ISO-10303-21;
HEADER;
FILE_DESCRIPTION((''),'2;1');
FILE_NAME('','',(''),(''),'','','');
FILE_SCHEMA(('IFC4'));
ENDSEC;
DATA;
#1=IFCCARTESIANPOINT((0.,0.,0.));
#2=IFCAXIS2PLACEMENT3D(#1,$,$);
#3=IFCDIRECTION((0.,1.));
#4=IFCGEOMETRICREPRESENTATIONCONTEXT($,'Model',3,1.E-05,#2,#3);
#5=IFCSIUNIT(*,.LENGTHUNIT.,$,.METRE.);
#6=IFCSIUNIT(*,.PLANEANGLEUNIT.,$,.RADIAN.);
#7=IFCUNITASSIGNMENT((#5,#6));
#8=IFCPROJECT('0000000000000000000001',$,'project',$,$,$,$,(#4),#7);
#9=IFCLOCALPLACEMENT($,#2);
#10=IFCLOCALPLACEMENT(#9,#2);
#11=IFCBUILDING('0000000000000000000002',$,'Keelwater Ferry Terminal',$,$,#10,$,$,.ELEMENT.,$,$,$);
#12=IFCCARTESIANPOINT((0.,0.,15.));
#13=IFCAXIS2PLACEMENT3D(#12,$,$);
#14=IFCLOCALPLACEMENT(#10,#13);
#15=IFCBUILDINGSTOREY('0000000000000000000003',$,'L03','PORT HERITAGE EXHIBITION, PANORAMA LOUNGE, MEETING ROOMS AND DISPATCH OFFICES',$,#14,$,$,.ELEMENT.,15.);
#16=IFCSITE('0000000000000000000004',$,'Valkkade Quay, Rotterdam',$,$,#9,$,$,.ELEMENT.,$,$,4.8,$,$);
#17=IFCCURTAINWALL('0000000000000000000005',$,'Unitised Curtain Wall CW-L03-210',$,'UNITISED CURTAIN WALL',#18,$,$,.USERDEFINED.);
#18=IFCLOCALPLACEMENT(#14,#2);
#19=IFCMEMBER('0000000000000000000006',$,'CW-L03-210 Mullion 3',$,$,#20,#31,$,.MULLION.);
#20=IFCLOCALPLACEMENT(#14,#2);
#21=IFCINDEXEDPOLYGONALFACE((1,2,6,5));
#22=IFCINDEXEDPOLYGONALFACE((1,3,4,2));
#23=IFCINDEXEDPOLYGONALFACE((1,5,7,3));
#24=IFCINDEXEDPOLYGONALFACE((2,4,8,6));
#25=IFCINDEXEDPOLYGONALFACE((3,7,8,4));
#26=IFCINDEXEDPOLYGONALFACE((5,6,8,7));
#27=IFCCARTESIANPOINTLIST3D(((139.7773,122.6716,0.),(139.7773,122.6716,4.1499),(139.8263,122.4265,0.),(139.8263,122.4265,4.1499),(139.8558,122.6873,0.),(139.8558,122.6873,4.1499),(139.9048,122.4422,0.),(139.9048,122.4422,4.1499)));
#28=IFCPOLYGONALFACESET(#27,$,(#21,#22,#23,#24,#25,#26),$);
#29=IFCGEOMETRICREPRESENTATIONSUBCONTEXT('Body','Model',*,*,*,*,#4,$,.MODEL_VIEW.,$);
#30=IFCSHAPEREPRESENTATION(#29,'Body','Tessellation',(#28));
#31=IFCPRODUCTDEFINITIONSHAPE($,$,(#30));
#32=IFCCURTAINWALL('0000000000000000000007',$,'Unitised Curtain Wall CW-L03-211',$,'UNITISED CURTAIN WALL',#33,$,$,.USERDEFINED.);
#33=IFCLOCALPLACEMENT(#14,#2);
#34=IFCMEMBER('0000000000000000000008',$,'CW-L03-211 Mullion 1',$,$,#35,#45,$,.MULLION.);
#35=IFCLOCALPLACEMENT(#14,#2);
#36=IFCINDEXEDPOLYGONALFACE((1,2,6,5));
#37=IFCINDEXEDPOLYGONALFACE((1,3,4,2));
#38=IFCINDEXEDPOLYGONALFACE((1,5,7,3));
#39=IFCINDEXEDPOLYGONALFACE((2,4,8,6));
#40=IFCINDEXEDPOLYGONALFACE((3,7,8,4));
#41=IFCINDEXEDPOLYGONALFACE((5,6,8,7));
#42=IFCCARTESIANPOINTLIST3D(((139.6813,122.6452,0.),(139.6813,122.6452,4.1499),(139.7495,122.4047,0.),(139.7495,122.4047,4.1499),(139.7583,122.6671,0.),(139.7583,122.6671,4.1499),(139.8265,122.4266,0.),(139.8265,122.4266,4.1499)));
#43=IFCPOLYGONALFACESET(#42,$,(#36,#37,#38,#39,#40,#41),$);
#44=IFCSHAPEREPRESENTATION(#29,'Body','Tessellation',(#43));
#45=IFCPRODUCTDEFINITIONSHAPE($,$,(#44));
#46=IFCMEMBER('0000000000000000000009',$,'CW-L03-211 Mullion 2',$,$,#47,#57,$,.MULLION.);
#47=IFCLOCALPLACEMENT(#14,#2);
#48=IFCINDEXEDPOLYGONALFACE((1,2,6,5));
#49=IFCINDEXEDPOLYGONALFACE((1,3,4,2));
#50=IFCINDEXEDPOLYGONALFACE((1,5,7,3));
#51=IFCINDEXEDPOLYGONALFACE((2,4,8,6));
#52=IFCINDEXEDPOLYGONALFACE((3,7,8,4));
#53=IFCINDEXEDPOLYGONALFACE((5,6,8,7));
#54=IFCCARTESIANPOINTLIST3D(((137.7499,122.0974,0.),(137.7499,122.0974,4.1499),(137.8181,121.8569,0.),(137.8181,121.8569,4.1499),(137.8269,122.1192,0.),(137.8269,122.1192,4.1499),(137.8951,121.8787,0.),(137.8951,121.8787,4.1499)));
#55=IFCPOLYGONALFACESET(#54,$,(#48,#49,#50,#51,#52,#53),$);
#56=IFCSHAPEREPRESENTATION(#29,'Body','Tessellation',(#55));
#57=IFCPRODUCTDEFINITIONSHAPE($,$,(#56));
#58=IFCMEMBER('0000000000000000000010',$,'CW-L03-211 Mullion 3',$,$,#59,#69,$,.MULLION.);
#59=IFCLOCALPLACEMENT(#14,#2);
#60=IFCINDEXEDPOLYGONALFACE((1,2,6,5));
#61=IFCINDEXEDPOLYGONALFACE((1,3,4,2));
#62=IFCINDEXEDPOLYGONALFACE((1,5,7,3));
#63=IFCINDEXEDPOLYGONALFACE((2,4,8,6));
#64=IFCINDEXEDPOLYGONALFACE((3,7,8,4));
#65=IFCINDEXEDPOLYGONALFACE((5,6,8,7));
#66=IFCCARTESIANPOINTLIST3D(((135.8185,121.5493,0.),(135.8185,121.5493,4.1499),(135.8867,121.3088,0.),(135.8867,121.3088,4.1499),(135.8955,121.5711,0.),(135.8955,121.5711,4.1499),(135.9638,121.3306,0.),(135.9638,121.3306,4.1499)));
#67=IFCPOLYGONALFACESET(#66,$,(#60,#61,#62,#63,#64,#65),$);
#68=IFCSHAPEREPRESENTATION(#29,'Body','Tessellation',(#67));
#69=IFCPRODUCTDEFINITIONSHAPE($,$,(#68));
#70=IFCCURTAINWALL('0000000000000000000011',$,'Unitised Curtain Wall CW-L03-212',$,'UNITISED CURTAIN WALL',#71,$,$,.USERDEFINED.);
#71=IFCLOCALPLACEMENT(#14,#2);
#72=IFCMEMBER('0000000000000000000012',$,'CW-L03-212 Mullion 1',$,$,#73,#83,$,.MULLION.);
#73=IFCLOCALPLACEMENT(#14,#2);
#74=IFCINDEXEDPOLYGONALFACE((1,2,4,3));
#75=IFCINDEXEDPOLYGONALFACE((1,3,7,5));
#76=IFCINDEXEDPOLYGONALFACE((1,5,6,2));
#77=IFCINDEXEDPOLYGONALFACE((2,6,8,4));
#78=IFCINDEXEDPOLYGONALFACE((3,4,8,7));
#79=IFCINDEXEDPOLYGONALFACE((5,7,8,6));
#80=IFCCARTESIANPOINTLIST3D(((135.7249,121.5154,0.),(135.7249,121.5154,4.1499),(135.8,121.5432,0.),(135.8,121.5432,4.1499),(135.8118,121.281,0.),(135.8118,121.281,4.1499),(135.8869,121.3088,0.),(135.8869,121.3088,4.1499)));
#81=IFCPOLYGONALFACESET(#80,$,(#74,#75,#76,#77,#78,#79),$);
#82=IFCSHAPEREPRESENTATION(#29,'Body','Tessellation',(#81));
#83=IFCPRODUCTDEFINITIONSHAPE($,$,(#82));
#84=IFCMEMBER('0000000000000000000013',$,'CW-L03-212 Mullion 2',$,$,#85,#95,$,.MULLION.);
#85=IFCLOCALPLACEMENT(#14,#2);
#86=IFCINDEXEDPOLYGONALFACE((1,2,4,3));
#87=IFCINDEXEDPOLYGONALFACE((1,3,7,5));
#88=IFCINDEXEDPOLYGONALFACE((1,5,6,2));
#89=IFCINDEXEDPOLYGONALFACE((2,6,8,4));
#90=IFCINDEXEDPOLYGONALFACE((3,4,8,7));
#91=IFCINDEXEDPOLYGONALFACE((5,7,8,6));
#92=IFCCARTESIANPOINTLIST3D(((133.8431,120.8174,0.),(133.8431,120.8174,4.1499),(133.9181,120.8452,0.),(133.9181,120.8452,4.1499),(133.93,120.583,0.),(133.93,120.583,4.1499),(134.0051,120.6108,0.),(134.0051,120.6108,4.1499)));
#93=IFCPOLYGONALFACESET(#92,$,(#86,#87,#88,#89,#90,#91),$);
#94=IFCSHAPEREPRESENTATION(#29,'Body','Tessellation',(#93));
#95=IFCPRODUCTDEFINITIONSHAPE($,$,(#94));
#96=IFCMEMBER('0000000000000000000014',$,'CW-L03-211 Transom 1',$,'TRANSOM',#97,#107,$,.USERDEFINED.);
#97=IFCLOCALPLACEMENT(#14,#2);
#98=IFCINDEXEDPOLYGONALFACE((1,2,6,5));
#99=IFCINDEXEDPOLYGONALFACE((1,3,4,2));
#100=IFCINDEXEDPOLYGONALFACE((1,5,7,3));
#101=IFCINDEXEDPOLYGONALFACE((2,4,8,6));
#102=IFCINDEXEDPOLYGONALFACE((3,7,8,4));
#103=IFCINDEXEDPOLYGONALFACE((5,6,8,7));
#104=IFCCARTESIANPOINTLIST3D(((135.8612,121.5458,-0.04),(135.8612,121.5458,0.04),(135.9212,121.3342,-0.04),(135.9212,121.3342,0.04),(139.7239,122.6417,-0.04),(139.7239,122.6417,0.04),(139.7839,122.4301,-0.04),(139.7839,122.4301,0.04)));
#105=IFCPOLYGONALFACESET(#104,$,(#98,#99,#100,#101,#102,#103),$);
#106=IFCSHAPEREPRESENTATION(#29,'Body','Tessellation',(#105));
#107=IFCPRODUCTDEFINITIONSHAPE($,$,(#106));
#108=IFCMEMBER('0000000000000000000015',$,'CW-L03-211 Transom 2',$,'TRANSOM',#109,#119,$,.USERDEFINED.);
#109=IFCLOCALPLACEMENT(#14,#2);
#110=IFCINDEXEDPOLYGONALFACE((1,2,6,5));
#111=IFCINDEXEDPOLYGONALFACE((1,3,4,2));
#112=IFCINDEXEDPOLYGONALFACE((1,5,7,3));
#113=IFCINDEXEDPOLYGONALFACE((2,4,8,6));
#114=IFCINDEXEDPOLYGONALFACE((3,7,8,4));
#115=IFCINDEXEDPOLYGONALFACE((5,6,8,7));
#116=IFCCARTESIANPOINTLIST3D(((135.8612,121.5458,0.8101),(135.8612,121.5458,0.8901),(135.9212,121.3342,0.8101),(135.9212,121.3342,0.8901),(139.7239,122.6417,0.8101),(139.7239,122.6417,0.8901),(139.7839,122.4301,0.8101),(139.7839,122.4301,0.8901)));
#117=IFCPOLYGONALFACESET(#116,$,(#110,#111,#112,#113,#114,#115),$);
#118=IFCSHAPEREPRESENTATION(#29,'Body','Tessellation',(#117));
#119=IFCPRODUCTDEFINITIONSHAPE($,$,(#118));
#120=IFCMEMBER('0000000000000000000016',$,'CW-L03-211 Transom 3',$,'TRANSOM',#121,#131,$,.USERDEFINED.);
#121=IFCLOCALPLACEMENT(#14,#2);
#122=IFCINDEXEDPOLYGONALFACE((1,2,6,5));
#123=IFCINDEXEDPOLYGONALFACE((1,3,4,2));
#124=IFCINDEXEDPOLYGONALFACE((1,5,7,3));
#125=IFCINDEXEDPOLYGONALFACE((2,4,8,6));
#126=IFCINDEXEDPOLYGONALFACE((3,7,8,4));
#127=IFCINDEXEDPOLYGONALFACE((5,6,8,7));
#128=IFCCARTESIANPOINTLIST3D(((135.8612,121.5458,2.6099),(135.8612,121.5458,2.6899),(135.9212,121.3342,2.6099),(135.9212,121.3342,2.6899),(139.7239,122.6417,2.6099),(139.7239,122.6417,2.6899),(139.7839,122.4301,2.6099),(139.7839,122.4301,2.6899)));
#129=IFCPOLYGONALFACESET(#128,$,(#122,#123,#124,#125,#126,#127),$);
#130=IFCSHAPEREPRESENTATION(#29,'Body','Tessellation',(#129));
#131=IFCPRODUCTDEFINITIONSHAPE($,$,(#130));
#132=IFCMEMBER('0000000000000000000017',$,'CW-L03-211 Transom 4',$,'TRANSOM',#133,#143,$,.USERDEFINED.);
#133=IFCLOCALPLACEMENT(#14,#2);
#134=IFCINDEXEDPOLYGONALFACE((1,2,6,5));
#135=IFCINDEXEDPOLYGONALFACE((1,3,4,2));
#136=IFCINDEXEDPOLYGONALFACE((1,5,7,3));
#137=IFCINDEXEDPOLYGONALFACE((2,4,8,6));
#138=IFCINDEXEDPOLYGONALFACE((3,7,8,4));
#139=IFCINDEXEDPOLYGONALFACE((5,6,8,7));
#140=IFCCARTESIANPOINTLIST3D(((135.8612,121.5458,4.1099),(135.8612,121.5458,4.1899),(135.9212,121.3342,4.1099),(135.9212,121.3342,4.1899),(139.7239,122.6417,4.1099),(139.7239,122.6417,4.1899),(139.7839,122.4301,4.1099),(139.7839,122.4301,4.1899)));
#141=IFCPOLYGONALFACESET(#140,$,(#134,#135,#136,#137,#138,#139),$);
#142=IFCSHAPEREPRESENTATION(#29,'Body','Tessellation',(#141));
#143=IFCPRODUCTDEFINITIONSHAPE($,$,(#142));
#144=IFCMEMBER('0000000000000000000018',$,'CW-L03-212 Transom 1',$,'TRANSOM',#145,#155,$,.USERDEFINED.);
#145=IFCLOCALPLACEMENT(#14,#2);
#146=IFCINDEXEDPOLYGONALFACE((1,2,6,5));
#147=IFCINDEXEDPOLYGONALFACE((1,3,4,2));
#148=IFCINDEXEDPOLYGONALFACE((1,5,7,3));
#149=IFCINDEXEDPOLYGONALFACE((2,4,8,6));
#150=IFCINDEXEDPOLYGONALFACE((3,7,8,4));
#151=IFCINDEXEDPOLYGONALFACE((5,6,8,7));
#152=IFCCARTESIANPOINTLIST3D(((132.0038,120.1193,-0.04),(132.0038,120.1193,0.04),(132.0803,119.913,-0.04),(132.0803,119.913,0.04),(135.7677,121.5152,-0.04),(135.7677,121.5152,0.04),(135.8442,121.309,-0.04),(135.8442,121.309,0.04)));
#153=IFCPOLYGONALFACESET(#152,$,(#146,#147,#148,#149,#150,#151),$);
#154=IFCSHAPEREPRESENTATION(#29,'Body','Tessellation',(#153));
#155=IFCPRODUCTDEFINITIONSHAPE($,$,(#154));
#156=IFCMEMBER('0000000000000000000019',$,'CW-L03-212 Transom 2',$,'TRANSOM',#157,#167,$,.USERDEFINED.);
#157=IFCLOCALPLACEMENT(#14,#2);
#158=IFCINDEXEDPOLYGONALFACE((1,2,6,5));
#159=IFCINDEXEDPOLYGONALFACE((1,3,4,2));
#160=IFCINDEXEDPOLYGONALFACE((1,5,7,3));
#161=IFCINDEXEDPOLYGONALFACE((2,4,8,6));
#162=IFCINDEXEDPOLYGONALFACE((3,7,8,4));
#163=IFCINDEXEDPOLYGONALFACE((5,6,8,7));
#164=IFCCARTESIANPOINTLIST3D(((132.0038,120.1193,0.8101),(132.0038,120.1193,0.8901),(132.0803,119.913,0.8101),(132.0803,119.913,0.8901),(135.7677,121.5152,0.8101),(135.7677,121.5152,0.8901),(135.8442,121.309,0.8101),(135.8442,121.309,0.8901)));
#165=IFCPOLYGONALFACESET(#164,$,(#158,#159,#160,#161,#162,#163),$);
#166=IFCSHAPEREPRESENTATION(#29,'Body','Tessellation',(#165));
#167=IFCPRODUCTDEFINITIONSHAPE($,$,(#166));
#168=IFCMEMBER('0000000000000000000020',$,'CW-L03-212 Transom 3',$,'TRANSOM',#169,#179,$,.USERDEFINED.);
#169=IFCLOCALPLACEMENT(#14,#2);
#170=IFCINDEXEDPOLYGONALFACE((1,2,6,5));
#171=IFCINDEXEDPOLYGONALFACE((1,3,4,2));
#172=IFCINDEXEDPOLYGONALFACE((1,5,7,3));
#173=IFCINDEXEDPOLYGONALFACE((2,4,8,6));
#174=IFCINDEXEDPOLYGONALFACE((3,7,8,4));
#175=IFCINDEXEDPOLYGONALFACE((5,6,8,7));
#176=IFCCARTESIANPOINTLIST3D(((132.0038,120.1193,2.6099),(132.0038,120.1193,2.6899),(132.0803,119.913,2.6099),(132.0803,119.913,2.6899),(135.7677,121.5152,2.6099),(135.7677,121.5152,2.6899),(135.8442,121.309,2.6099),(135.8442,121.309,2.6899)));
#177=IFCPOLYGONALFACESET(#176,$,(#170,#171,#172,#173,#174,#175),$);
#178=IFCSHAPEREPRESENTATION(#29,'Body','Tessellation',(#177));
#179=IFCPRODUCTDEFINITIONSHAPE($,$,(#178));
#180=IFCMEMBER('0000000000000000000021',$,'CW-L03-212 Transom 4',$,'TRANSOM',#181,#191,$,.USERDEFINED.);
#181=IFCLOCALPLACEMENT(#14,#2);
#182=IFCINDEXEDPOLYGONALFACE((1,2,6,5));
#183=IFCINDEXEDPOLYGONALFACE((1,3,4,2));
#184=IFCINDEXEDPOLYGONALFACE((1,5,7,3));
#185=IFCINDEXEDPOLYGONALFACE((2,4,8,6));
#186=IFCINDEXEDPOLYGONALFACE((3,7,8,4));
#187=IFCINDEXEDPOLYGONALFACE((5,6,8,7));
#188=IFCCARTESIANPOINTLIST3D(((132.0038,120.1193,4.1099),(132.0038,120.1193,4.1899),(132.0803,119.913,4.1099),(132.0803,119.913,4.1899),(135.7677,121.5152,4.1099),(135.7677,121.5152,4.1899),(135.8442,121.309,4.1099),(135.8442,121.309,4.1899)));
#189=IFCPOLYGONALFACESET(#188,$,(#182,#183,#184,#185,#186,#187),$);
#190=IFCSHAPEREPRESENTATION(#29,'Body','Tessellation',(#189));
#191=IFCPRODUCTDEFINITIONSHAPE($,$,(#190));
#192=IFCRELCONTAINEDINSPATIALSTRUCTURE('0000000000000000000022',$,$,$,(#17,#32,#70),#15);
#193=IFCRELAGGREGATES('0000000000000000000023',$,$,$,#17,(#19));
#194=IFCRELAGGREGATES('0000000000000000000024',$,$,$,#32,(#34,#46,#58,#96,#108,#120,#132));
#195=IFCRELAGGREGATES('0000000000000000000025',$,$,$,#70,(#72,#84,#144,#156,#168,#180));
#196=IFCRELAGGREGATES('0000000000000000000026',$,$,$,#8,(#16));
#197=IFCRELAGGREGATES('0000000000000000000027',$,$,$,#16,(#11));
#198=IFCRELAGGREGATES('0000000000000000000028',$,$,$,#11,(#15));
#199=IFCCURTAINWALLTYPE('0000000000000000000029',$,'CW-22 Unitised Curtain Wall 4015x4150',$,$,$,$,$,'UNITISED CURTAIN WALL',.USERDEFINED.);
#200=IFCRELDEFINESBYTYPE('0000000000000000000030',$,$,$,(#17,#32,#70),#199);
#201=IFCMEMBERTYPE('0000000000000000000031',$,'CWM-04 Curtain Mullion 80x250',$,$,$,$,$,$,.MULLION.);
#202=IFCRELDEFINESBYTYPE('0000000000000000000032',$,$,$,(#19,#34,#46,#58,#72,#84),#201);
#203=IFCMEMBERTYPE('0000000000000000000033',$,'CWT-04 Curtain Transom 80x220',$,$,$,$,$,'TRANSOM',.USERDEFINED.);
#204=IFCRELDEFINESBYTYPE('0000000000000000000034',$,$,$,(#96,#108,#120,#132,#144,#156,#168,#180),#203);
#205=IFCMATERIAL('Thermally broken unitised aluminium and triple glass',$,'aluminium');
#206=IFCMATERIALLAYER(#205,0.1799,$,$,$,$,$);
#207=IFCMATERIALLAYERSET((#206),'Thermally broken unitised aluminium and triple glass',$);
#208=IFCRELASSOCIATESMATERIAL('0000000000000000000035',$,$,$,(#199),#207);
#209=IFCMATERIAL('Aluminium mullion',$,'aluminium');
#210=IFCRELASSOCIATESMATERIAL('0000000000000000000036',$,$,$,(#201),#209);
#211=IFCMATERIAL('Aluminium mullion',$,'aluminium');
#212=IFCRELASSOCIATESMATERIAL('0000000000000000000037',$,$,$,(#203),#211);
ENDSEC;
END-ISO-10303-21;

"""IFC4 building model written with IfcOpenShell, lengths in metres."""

from ifc_helpers import new_model, si_unit, direction, frame, origin, origin_2d, place, context, subcontext, project, spatial, rectangle, extrude, material, layer, layer_set, material_profile, profile_set, type_object, element, aggregate, save


model = new_model("IFC4")

# Units and contexts
model_context = context("Model", 3, precision=1e-05, world=origin(), true_north=direction((0.0, 1.0)))
body_context = subcontext(model_context, "Body", "Model", "MODEL_VIEW")
ifc_project = project(units=[si_unit("LENGTHUNIT", "METRE"), si_unit("PLANEANGLEUNIT", "RADIAN")], contexts=[model_context])

# Site, building, storey
site_placement = place(None, origin())
site = spatial("IfcSite", under=ifc_project, at=site_placement, Name="Valkkade Quay, Rotterdam", CompositionType="ELEMENT", RefElevation=4.8)
building_placement = place(site_placement, origin())
building = spatial("IfcBuilding", under=site, at=building_placement, Name="Keelwater Ferry Terminal", CompositionType="ELEMENT")
storey_placement = place(building_placement, frame((0.0, 0.0, 15.0)))
storey = spatial("IfcBuildingStorey", under=building, at=storey_placement, Name="L03", Description="PORT HERITAGE EXHIBITION, PANORAMA LOUNGE, MEETING ROOMS AND DISPATCH OFFICES", CompositionType="ELEMENT", Elevation=15.0)

# Curtain wall, member
ifc_material_1 = material(Name="Thermally broken unitised aluminium and triple glass", Category="aluminium")
ifc_layer_1 = layer(ifc_material_1, 0.1799)
ifc_layer_set_1 = layer_set([ifc_layer_1], Name="Thermally broken unitised aluminium and triple glass")
curtain_wall_type = type_object("IfcCurtainWallType", Name="CW-22 Unitised Curtain Wall 4015x4150", ElementType="UNITISED CURTAIN WALL", PredefinedType="USERDEFINED", material=ifc_layer_set_1)
curtain_wall_1_placement = place(storey_placement, origin())
curtain_wall_1 = element("IfcCurtainWall", 1, at=curtain_wall_1_placement, inside=storey, type_object=curtain_wall_type, Name="Unitised Curtain Wall CW-L03-210", ObjectType="UNITISED CURTAIN WALL", PredefinedType="USERDEFINED")
ifc_material_2 = material(Name="Aluminium mullion", Category="aluminium")
ifc_material_profile_1 = material_profile(ifc_material_2, rectangle(XDim=0.0801, YDim=0.25, at=origin_2d()), Name="CWM-04")
ifc_profile_set_1 = profile_set([ifc_material_profile_1], Name="Aluminium mullion")
member_type_1 = type_object("IfcMemberType", Name="CWM-04 Curtain Mullion 80x250", PredefinedType="MULLION", material=ifc_profile_set_1)
member_1_placement = place(storey_placement, frame((139.8411, 122.5569, 0.0), z_axis=(0.0, 0.0, 1.0), x_axis=(-0.9806, -0.19602, 0.0)))
member_1 = element("IfcMember", 2, at=member_1_placement, type_object=member_type_1, Name="CW-L03-210 Mullion 3", PredefinedType="MULLION", context=body_context, shape_type="SweptSolid", body=[
    extrude(rectangle(XDim=0.0801, YDim=0.25, at=origin_2d()), origin(), (0.0, 0.0, 1.0), 4.1499),
])
aggregate(curtain_wall_1, [member_1])

# Curtain walls, members
curtain_wall_2_placement = place(storey_placement, origin())
curtain_wall_2 = element("IfcCurtainWall", 3, at=curtain_wall_2_placement, inside=storey, type_object=curtain_wall_type, Name="Unitised Curtain Wall CW-L03-211", ObjectType="UNITISED CURTAIN WALL", PredefinedType="USERDEFINED")
member_2_placement = place(storey_placement, frame((139.7539, 122.5359, 0.0), z_axis=(0.0, 0.0, 1.0), x_axis=(-0.96203, -0.272945, 0.0)))
member_2 = element("IfcMember", 4, at=member_2_placement, type_object=member_type_1, Name="CW-L03-211 Mullion 1", PredefinedType="MULLION", context=body_context, shape_type="SweptSolid", body=[
    extrude(rectangle(XDim=0.0801, YDim=0.25, at=origin_2d()), origin(), (0.0, 0.0, 1.0), 4.1499),
])
member_3_placement = place(storey_placement, frame((137.8225, 121.988, 0.0), z_axis=(0.0, 0.0, 1.0), x_axis=(-0.96203, -0.272945, 0.0)))
member_3 = element("IfcMember", 5, at=member_3_placement, type_object=member_type_1, Name="CW-L03-211 Mullion 2", PredefinedType="MULLION", context=body_context, shape_type="SweptSolid", body=[
    extrude(rectangle(XDim=0.0801, YDim=0.25, at=origin_2d()), origin(), (0.0, 0.0, 1.0), 4.1499),
])
member_4_placement = place(storey_placement, frame((135.8911, 121.4399, 0.0), z_axis=(0.0, 0.0, 1.0), x_axis=(-0.96203, -0.272945, 0.0)))
member_4 = element("IfcMember", 6, at=member_4_placement, type_object=member_type_1, Name="CW-L03-211 Mullion 3", PredefinedType="MULLION", context=body_context, shape_type="SweptSolid", body=[
    extrude(rectangle(XDim=0.0801, YDim=0.25, at=origin_2d()), origin(), (0.0, 0.0, 1.0), 4.1499),
])
curtain_wall_3_placement = place(storey_placement, origin())
curtain_wall_3 = element("IfcCurtainWall", 7, at=curtain_wall_3_placement, inside=storey, type_object=curtain_wall_type, Name="Unitised Curtain Wall CW-L03-212", ObjectType="UNITISED CURTAIN WALL", PredefinedType="USERDEFINED")
member_5_placement = place(storey_placement, frame((135.8059, 121.4121, 0.0), z_axis=(0.0, 0.0, 1.0), x_axis=(-0.937592, -0.347736, 0.0)))
member_5 = element("IfcMember", 8, at=member_5_placement, type_object=member_type_1, Name="CW-L03-212 Mullion 1", PredefinedType="MULLION", context=body_context, shape_type="SweptSolid", body=[
    extrude(rectangle(XDim=0.0801, YDim=0.25, at=origin_2d()), origin(), (0.0, 0.0, 1.0), 4.1499),
])
member_6_placement = place(storey_placement, frame((133.9241, 120.7141, 0.0), z_axis=(0.0, 0.0, 1.0), x_axis=(-0.937592, -0.347736, 0.0)))
member_6 = element("IfcMember", 9, at=member_6_placement, type_object=member_type_1, Name="CW-L03-212 Mullion 2", PredefinedType="MULLION", context=body_context, shape_type="SweptSolid", body=[
    extrude(rectangle(XDim=0.0801, YDim=0.25, at=origin_2d()), origin(), (0.0, 0.0, 1.0), 4.1499),
])

# Members
ifc_material_3 = material(Name="Aluminium mullion", Category="aluminium")
ifc_material_profile_2 = material_profile(ifc_material_3, rectangle(XDim=0.22, YDim=0.0801, at=origin_2d()), Name="CWT-04")
ifc_profile_set_2 = profile_set([ifc_material_profile_2], Name="Aluminium mullion")
member_type_2 = type_object("IfcMemberType", Name="CWT-04 Curtain Transom 80x220", ElementType="TRANSOM", PredefinedType="USERDEFINED", material=ifc_profile_set_2)
member_7_placement = place(storey_placement, frame((139.7539, 122.5359, 0.0), z_axis=(-0.962029, -0.272946, 0.0), x_axis=(0.272946, -0.962029, 0.0)))
member_7 = element("IfcMember", 10, at=member_7_placement, type_object=member_type_2, Name="CW-L03-211 Transom 1", ObjectType="TRANSOM", PredefinedType="USERDEFINED", context=body_context, shape_type="SweptSolid", body=[
    extrude(rectangle(XDim=0.22, YDim=0.0801, at=origin_2d()), origin(), (0.0, 0.0, 1.0), 4.0151),
])
member_8_placement = place(storey_placement, frame((139.7539, 122.5359, 0.8501), z_axis=(-0.962029, -0.272946, 0.0), x_axis=(0.272946, -0.962029, 0.0)))
member_8 = element("IfcMember", 11, at=member_8_placement, type_object=member_type_2, Name="CW-L03-211 Transom 2", ObjectType="TRANSOM", PredefinedType="USERDEFINED", context=body_context, shape_type="SweptSolid", body=[
    extrude(rectangle(XDim=0.22, YDim=0.0801, at=origin_2d()), origin(), (0.0, 0.0, 1.0), 4.0151),
])
member_9_placement = place(storey_placement, frame((139.7539, 122.5359, 2.6499), z_axis=(-0.962029, -0.272946, 0.0), x_axis=(0.272946, -0.962029, 0.0)))
member_9 = element("IfcMember", 12, at=member_9_placement, type_object=member_type_2, Name="CW-L03-211 Transom 3", ObjectType="TRANSOM", PredefinedType="USERDEFINED", context=body_context, shape_type="SweptSolid", body=[
    extrude(rectangle(XDim=0.22, YDim=0.0801, at=origin_2d()), origin(), (0.0, 0.0, 1.0), 4.0151),
])
member_10_placement = place(storey_placement, frame((139.7539, 122.5359, 4.1499), z_axis=(-0.962029, -0.272946, 0.0), x_axis=(0.272946, -0.962029, 0.0)))
member_10 = element("IfcMember", 13, at=member_10_placement, type_object=member_type_2, Name="CW-L03-211 Transom 4", ObjectType="TRANSOM", PredefinedType="USERDEFINED", context=body_context, shape_type="SweptSolid", body=[
    extrude(rectangle(XDim=0.22, YDim=0.0801, at=origin_2d()), origin(), (0.0, 0.0, 1.0), 4.0151),
])
member_11_placement = place(storey_placement, frame((135.8059, 121.4121, 0.0), z_axis=(-0.93759, -0.347742, 0.0), x_axis=(0.347742, -0.93759, 0.0)))
member_11 = element("IfcMember", 14, at=member_11_placement, type_object=member_type_2, Name="CW-L03-212 Transom 1", ObjectType="TRANSOM", PredefinedType="USERDEFINED", context=body_context, shape_type="SweptSolid", body=[
    extrude(rectangle(XDim=0.22, YDim=0.0801, at=origin_2d()), origin(), (0.0, 0.0, 1.0), 4.0144),
])
member_12_placement = place(storey_placement, frame((135.8059, 121.4121, 0.8501), z_axis=(-0.93759, -0.347742, 0.0), x_axis=(0.347742, -0.93759, 0.0)))
member_12 = element("IfcMember", 15, at=member_12_placement, type_object=member_type_2, Name="CW-L03-212 Transom 2", ObjectType="TRANSOM", PredefinedType="USERDEFINED", context=body_context, shape_type="SweptSolid", body=[
    extrude(rectangle(XDim=0.22, YDim=0.0801, at=origin_2d()), origin(), (0.0, 0.0, 1.0), 4.0144),
])
member_13_placement = place(storey_placement, frame((135.8059, 121.4121, 2.6499), z_axis=(-0.93759, -0.347742, 0.0), x_axis=(0.347742, -0.93759, 0.0)))
member_13 = element("IfcMember", 16, at=member_13_placement, type_object=member_type_2, Name="CW-L03-212 Transom 3", ObjectType="TRANSOM", PredefinedType="USERDEFINED", context=body_context, shape_type="SweptSolid", body=[
    extrude(rectangle(XDim=0.22, YDim=0.0801, at=origin_2d()), origin(), (0.0, 0.0, 1.0), 4.0144),
])
member_14_placement = place(storey_placement, frame((135.8059, 121.4121, 4.1499), z_axis=(-0.93759, -0.347742, 0.0), x_axis=(0.347742, -0.93759, 0.0)))
member_14 = element("IfcMember", 17, at=member_14_placement, type_object=member_type_2, Name="CW-L03-212 Transom 4", ObjectType="TRANSOM", PredefinedType="USERDEFINED", context=body_context, shape_type="SweptSolid", body=[
    extrude(rectangle(XDim=0.22, YDim=0.0801, at=origin_2d()), origin(), (0.0, 0.0, 1.0), 4.0144),
])

aggregate(curtain_wall_2, [member_2, member_3, member_4, member_7, member_8, member_9, member_10])
aggregate(curtain_wall_3, [member_5, member_6, member_11, member_12, member_13, member_14])

save(model, "model.ifc")
